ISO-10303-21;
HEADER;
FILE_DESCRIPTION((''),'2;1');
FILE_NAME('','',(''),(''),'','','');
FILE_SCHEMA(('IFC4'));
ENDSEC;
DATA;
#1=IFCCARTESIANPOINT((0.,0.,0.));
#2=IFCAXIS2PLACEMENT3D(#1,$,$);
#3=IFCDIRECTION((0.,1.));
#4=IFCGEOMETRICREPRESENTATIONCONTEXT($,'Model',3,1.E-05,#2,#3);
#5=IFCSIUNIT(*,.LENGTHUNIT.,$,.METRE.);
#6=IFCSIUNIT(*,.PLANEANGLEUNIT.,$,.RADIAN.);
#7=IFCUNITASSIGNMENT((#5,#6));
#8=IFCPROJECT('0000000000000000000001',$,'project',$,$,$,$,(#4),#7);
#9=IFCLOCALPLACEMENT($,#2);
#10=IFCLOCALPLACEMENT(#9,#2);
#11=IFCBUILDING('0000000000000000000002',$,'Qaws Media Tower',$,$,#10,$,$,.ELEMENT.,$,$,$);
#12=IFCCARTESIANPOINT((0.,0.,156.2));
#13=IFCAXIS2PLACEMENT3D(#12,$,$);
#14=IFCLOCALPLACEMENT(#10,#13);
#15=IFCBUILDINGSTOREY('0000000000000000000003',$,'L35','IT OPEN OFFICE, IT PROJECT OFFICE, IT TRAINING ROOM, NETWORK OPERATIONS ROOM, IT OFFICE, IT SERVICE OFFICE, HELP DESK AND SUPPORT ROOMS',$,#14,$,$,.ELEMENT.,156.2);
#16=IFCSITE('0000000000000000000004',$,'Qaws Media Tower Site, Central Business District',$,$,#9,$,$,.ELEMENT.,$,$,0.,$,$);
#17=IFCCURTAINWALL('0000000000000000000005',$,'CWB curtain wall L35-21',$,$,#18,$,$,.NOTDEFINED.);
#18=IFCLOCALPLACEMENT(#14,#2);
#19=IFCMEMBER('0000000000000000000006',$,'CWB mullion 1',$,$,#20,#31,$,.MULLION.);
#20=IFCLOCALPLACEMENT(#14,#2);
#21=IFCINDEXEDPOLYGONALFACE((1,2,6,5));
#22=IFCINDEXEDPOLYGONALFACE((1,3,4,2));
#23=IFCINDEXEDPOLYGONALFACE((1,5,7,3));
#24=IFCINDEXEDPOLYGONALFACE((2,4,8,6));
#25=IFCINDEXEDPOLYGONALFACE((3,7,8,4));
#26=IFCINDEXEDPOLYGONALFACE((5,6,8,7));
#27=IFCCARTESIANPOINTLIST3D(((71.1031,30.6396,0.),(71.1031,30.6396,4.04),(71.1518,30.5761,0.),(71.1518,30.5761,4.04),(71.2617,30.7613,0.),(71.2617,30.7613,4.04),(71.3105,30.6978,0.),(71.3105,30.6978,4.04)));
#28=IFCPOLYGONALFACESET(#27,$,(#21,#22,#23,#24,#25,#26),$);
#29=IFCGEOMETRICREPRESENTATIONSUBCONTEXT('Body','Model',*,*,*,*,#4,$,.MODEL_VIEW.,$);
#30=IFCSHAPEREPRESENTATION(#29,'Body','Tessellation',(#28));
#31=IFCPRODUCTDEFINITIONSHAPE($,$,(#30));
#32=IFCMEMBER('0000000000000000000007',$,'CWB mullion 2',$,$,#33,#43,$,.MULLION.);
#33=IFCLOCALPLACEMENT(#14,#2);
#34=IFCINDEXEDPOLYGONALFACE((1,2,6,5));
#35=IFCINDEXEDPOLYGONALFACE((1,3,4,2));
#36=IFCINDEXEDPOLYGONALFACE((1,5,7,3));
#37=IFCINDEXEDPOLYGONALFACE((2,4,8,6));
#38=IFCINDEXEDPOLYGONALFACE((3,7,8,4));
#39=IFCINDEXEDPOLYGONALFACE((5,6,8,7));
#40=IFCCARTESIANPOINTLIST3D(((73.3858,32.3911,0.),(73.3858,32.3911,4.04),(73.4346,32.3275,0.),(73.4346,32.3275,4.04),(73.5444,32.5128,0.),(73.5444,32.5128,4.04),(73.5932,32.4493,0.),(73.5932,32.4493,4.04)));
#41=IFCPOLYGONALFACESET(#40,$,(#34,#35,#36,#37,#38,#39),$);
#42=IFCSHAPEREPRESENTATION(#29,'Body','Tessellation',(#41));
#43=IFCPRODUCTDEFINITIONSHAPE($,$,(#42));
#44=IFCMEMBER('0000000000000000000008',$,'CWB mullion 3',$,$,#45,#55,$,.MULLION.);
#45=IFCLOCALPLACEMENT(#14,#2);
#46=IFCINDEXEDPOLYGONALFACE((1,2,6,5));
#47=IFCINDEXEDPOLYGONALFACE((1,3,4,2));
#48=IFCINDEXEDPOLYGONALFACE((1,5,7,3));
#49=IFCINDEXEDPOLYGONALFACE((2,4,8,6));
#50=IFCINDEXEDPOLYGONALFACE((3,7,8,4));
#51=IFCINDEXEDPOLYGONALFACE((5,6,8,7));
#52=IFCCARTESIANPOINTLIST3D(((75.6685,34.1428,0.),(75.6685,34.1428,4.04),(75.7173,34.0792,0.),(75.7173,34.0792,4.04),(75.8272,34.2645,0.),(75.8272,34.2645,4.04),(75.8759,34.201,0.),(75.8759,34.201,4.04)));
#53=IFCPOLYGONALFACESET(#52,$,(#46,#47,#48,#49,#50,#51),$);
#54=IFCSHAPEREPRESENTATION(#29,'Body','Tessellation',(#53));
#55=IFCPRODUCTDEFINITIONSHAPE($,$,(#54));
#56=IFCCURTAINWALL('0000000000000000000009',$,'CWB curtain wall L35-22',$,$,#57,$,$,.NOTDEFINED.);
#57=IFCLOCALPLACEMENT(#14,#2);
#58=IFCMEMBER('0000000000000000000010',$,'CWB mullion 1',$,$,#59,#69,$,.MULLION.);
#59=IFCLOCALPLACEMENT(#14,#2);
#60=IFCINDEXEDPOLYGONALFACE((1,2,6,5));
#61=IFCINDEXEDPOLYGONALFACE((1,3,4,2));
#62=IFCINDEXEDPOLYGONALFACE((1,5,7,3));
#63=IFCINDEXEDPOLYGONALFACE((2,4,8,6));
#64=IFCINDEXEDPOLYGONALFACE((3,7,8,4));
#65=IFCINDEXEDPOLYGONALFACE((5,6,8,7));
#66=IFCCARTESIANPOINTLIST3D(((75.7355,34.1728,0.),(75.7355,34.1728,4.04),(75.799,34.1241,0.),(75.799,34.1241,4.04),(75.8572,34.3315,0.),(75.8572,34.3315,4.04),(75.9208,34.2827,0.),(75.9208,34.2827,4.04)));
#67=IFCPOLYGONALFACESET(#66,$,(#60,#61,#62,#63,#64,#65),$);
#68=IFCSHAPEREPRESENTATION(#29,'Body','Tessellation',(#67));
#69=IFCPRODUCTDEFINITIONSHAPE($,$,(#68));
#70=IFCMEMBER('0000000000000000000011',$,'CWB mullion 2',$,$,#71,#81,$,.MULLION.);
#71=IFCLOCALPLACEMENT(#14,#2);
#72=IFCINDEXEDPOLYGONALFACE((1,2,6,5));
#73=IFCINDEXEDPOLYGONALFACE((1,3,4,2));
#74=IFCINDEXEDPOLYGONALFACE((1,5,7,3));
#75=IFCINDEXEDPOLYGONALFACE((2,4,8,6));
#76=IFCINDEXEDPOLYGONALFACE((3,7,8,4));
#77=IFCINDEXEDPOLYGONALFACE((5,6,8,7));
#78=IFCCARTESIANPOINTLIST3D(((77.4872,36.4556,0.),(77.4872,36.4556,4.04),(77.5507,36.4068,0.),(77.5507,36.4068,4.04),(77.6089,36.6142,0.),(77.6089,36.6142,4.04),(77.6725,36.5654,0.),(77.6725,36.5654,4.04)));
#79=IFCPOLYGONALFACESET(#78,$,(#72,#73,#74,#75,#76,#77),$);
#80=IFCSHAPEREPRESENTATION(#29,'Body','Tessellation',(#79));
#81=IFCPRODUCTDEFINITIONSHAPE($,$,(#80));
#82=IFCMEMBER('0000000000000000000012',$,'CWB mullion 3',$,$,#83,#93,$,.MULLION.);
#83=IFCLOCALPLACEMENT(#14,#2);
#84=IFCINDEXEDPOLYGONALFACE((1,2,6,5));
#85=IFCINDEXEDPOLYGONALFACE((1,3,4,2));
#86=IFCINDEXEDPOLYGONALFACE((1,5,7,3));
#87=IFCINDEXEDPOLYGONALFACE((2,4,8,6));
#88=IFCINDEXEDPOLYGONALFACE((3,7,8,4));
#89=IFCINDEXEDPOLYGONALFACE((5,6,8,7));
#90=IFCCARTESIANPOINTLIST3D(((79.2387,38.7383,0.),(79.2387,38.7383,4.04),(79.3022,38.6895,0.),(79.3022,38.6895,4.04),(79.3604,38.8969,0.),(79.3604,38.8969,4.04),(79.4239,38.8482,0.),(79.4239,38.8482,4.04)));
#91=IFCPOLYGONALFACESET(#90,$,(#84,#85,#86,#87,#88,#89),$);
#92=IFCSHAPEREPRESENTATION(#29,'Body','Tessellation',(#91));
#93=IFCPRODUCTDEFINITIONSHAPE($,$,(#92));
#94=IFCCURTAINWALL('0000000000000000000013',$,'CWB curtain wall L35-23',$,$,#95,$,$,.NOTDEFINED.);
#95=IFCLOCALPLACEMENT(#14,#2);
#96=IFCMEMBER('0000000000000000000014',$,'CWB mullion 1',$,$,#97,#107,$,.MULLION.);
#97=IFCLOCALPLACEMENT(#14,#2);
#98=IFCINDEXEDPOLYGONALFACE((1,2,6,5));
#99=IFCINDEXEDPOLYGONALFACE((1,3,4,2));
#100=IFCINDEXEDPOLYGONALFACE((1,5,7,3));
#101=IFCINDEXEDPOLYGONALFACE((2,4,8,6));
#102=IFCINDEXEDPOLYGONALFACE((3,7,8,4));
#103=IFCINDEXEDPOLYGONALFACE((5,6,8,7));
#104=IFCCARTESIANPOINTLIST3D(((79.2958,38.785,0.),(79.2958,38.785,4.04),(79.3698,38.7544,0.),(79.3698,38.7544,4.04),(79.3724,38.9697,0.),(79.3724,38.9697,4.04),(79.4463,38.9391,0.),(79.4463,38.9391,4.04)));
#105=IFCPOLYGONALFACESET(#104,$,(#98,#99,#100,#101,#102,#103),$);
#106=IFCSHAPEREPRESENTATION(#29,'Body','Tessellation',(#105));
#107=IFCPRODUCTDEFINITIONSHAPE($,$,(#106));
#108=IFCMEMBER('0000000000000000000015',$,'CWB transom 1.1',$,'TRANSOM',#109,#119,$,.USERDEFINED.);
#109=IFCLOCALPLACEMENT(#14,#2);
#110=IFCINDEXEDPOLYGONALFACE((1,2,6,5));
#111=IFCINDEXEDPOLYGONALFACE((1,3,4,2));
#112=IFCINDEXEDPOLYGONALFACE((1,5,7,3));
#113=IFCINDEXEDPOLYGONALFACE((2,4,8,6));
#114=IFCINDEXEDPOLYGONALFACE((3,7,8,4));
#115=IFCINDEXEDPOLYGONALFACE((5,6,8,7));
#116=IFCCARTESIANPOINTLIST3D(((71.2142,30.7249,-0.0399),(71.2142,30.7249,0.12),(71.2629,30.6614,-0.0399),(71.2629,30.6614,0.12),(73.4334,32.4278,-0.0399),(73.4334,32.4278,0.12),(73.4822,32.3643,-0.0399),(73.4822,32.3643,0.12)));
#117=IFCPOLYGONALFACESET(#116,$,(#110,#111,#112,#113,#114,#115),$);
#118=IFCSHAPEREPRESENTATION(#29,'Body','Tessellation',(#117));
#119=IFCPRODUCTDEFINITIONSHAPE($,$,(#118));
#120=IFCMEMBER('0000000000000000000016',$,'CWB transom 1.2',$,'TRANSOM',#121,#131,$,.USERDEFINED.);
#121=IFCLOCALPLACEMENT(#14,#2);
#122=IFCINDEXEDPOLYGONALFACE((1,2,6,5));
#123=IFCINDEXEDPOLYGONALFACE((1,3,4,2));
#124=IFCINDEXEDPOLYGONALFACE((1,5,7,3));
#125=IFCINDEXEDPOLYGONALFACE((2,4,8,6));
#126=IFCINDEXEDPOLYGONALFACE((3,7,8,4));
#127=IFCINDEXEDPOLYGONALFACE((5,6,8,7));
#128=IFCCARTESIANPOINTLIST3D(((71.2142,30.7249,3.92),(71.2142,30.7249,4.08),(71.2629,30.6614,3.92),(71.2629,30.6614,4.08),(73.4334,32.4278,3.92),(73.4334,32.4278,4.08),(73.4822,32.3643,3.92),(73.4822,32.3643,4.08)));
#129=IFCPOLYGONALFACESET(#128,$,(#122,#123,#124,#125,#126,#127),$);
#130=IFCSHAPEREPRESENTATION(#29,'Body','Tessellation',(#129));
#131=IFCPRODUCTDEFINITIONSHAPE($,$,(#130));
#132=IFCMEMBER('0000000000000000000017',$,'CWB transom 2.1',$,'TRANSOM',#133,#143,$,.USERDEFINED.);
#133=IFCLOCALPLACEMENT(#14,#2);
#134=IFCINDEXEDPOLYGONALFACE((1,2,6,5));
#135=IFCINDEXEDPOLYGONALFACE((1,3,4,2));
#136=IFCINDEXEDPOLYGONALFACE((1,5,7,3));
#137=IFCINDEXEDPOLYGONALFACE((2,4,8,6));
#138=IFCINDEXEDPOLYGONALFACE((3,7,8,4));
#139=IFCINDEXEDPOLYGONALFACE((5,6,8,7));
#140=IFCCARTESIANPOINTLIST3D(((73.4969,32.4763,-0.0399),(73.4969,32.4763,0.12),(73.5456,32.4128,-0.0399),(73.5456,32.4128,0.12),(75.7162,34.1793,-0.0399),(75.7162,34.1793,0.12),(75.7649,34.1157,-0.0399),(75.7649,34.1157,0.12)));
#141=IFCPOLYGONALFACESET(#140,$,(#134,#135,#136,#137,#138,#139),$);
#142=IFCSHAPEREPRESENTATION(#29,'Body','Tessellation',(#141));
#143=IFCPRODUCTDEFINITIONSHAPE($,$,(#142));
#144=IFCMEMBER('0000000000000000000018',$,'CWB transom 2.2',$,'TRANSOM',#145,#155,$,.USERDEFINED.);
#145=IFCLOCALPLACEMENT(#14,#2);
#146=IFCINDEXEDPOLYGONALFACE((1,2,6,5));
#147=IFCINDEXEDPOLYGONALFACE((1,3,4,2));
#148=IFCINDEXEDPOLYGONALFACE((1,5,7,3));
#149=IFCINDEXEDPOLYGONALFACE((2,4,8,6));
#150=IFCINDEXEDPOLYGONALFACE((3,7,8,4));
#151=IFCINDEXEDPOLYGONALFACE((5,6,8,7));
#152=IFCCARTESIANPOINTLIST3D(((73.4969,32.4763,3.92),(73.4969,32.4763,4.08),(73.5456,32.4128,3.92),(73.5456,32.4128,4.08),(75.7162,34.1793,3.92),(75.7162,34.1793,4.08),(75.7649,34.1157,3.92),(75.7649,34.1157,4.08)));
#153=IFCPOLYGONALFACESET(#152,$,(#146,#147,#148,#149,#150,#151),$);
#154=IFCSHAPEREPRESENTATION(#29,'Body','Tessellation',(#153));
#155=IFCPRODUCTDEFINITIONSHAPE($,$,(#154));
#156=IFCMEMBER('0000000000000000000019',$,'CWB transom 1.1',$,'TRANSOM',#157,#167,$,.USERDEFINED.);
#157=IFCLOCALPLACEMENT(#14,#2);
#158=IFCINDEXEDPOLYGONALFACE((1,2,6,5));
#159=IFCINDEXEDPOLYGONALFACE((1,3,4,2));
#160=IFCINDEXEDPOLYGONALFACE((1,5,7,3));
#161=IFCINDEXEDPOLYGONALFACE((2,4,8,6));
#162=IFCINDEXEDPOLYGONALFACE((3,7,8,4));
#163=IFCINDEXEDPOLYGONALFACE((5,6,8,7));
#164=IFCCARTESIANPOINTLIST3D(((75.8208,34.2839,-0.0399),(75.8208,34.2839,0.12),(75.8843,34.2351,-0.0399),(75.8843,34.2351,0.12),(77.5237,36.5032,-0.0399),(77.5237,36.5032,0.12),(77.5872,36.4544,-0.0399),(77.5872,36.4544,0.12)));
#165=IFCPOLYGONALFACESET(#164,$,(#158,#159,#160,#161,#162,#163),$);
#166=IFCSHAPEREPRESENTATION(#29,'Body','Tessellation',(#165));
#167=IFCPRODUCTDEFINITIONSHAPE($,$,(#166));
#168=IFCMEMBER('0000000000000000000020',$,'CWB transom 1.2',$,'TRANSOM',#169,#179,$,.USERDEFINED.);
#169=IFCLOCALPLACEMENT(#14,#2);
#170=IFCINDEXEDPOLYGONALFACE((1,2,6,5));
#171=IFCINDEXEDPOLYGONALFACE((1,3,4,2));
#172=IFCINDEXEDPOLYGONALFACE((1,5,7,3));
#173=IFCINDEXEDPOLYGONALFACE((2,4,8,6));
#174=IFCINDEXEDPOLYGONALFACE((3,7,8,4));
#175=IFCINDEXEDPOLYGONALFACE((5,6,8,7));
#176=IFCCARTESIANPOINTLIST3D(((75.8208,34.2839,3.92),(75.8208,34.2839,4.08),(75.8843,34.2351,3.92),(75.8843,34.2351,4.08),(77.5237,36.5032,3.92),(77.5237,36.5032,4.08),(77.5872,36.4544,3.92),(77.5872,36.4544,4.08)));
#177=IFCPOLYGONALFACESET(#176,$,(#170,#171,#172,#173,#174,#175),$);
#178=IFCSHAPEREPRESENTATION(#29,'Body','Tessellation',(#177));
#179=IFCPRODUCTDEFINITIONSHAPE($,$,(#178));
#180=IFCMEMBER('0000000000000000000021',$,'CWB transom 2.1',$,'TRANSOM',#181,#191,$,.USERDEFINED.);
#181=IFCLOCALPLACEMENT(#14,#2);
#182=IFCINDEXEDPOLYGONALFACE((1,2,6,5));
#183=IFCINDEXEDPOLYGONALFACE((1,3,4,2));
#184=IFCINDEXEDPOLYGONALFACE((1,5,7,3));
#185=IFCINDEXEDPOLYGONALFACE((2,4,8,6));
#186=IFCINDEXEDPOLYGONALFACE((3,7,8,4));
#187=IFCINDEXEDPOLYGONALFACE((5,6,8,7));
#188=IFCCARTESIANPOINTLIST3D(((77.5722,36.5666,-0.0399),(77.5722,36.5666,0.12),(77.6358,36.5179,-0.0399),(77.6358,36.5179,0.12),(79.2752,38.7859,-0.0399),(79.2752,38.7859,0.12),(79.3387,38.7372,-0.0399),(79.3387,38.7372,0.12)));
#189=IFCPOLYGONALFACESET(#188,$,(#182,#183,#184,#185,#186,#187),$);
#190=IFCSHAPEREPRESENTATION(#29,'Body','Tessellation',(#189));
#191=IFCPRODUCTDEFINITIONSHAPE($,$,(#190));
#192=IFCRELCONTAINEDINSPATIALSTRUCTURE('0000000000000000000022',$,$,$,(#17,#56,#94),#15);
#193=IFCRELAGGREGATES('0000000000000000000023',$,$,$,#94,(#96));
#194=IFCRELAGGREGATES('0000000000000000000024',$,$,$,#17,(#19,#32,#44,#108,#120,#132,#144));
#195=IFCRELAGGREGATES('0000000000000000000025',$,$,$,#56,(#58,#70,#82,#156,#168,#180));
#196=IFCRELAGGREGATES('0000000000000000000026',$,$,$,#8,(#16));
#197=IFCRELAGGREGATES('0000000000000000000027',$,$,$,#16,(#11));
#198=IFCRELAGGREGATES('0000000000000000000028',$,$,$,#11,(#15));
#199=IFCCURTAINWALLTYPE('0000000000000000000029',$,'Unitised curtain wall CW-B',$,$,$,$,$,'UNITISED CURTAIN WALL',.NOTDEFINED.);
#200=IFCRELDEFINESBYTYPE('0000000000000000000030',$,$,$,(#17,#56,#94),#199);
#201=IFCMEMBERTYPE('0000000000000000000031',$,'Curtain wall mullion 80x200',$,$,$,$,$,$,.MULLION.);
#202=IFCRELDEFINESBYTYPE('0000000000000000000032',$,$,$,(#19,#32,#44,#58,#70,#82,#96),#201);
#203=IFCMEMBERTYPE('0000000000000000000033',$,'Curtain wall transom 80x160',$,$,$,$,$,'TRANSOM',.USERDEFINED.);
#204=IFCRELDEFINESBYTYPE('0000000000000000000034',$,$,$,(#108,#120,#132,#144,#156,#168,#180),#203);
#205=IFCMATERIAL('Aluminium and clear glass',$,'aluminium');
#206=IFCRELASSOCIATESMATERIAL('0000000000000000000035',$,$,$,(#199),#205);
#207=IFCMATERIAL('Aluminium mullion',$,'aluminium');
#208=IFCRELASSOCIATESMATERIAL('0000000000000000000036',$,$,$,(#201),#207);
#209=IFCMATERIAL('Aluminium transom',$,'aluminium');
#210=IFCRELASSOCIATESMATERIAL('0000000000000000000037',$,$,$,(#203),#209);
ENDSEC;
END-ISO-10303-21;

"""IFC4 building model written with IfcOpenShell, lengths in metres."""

from ifc_helpers import new_model, si_unit, direction, frame, origin, origin_2d, place, context, subcontext, project, spatial, rectangle, extrude, material, material_profile, profile_set, type_object, element, aggregate, save


model = new_model("IFC4")

# Units and contexts
model_context = context("Model", 3, precision=1e-05, world=origin(), true_north=direction((0.0, 1.0)))
body_context = subcontext(model_context, "Body", "Model", "MODEL_VIEW")
ifc_project = project(units=[si_unit("LENGTHUNIT", "METRE"), si_unit("PLANEANGLEUNIT", "RADIAN")], contexts=[model_context])

# Site, building, storey
site_placement = place(None, origin())
site = spatial("IfcSite", under=ifc_project, at=site_placement, Name="Qaws Media Tower Site, Central Business District", CompositionType="ELEMENT", RefElevation=0.0)
building_placement = place(site_placement, origin())
building = spatial("IfcBuilding", under=site, at=building_placement, Name="Qaws Media Tower", CompositionType="ELEMENT")
storey_placement = place(building_placement, frame((0.0, 0.0, 156.2)))
storey = spatial("IfcBuildingStorey", under=building, at=storey_placement, Name="L35", Description="IT OPEN OFFICE, IT PROJECT OFFICE, IT TRAINING ROOM, NETWORK OPERATIONS ROOM, IT OFFICE, IT SERVICE OFFICE, HELP DESK AND SUPPORT ROOMS", CompositionType="ELEMENT", Elevation=156.2)

# Curtain walls, members
ifc_material_1 = material(Name="Aluminium and clear glass", Category="aluminium")
curtain_wall_type = type_object("IfcCurtainWallType", Name="Unitised curtain wall CW-B", ElementType="UNITISED CURTAIN WALL", PredefinedType="NOTDEFINED", material=ifc_material_1)
curtain_wall_1_placement = place(storey_placement, origin())
curtain_wall_1 = element("IfcCurtainWall", 1, at=curtain_wall_1_placement, inside=storey, type_object=curtain_wall_type, Name="CWB curtain wall L35-21", PredefinedType="NOTDEFINED")
ifc_material_2 = material(Name="Aluminium mullion", Category="aluminium")
ifc_material_profile_1 = material_profile(ifc_material_2, rectangle(XDim=0.0801, YDim=0.2, at=origin_2d()), Name="80x200")
ifc_profile_set_1 = profile_set([ifc_material_profile_1], Name="Aluminium mullion")
member_type_1 = type_object("IfcMemberType", Name="Curtain wall mullion 80x200", PredefinedType="MULLION", material=ifc_profile_set_1)
member_1_placement = place(storey_placement, frame((71.2068, 30.6687, 0.0), z_axis=(0.0, 0.0, 1.0), x_axis=(-0.608761, 0.793353, 0.0)))
member_1 = element("IfcMember", 2, at=member_1_placement, type_object=member_type_1, Name="CWB mullion 1", PredefinedType="MULLION", context=body_context, shape_type="SweptSolid", body=[
    extrude(rectangle(XDim=0.0801, YDim=0.2, at=origin_2d()), origin(), (0.0, 0.0, 1.0), 4.04),
])
member_2_placement = place(storey_placement, frame((73.4895, 32.4202, 0.0), z_axis=(0.0, 0.0, 1.0), x_axis=(-0.608761, 0.793353, 0.0)))
member_2 = element("IfcMember", 3, at=member_2_placement, type_object=member_type_1, Name="CWB mullion 2", PredefinedType="MULLION", context=body_context, shape_type="SweptSolid", body=[
    extrude(rectangle(XDim=0.0801, YDim=0.2, at=origin_2d()), origin(), (0.0, 0.0, 1.0), 4.04),
])
member_3_placement = place(storey_placement, frame((75.7722, 34.1719, 0.0), z_axis=(0.0, 0.0, 1.0), x_axis=(-0.608761, 0.793353, 0.0)))
member_3 = element("IfcMember", 4, at=member_3_placement, type_object=member_type_1, Name="CWB mullion 3", PredefinedType="MULLION", context=body_context, shape_type="SweptSolid", body=[
    extrude(rectangle(XDim=0.0801, YDim=0.2, at=origin_2d()), origin(), (0.0, 0.0, 1.0), 4.04),
])
curtain_wall_2_placement = place(storey_placement, origin())
curtain_wall_2 = element("IfcCurtainWall", 5, at=curtain_wall_2_placement, inside=storey, type_object=curtain_wall_type, Name="CWB curtain wall L35-22", PredefinedType="NOTDEFINED")
member_4_placement = place(storey_placement, frame((75.8281, 34.2278, 0.0), z_axis=(0.0, 0.0, 1.0), x_axis=(-0.793353, 0.608761, 0.0)))
member_4 = element("IfcMember", 6, at=member_4_placement, type_object=member_type_1, Name="CWB mullion 1", PredefinedType="MULLION", context=body_context, shape_type="SweptSolid", body=[
    extrude(rectangle(XDim=0.0801, YDim=0.2, at=origin_2d()), origin(), (0.0, 0.0, 1.0), 4.04),
])
member_5_placement = place(storey_placement, frame((77.5798, 36.5105, 0.0), z_axis=(0.0, 0.0, 1.0), x_axis=(-0.793353, 0.608761, 0.0)))
member_5 = element("IfcMember", 7, at=member_5_placement, type_object=member_type_1, Name="CWB mullion 2", PredefinedType="MULLION", context=body_context, shape_type="SweptSolid", body=[
    extrude(rectangle(XDim=0.0801, YDim=0.2, at=origin_2d()), origin(), (0.0, 0.0, 1.0), 4.04),
])
member_6_placement = place(storey_placement, frame((79.3313, 38.7932, 0.0), z_axis=(0.0, 0.0, 1.0), x_axis=(-0.793353, 0.608761, 0.0)))
member_6 = element("IfcMember", 8, at=member_6_placement, type_object=member_type_1, Name="CWB mullion 3", PredefinedType="MULLION", context=body_context, shape_type="SweptSolid", body=[
    extrude(rectangle(XDim=0.0801, YDim=0.2, at=origin_2d()), origin(), (0.0, 0.0, 1.0), 4.04),
])

# Curtain wall, member
curtain_wall_3_placement = place(storey_placement, origin())
curtain_wall_3 = element("IfcCurtainWall", 9, at=curtain_wall_3_placement, inside=storey, type_object=curtain_wall_type, Name="CWB curtain wall L35-23", PredefinedType="NOTDEFINED")
member_7_placement = place(storey_placement, frame((79.3711, 38.8621, 0.0), z_axis=(0.0, 0.0, 1.0), x_axis=(-0.92388, 0.382683, 0.0)))
member_7 = element("IfcMember", 10, at=member_7_placement, type_object=member_type_1, Name="CWB mullion 1", PredefinedType="MULLION", context=body_context, shape_type="SweptSolid", body=[
    extrude(rectangle(XDim=0.0801, YDim=0.2, at=origin_2d()), origin(), (0.0, 0.0, 1.0), 4.04),
])

# Members
ifc_material_3 = material(Name="Aluminium transom", Category="aluminium")
ifc_material_profile_2 = material_profile(ifc_material_3, rectangle(XDim=0.0801, YDim=0.1599, at=origin_2d()), Name="80x160")
ifc_profile_set_2 = profile_set([ifc_material_profile_2], Name="Aluminium transom")
member_type_2 = type_object("IfcMemberType", Name="Curtain wall transom 80x160", ElementType="TRANSOM", PredefinedType="USERDEFINED", material=ifc_profile_set_2)
member_8_placement = place(storey_placement, frame((71.2385, 30.6931, 0.04), z_axis=(0.793353, 0.608761, 0.0), x_axis=(-0.608761, 0.793353, 0.0)))
member_8 = element("IfcMember", 11, at=member_8_placement, type_object=member_type_2, Name="CWB transom 1.1", ObjectType="TRANSOM", PredefinedType="USERDEFINED", context=body_context, shape_type="SweptSolid", body=[
    extrude(rectangle(XDim=0.0801, YDim=0.1599, at=origin_2d()), origin(), (0.0, 0.0, 1.0), 2.7974),
])
member_9_placement = place(storey_placement, frame((71.2385, 30.6931, 4.0), z_axis=(0.793353, 0.608761, 0.0), x_axis=(-0.608761, 0.793353, 0.0)))
member_9 = element("IfcMember", 12, at=member_9_placement, type_object=member_type_2, Name="CWB transom 1.2", ObjectType="TRANSOM", PredefinedType="USERDEFINED", context=body_context, shape_type="SweptSolid", body=[
    extrude(rectangle(XDim=0.0801, YDim=0.1599, at=origin_2d()), origin(), (0.0, 0.0, 1.0), 2.7974),
])
member_10_placement = place(storey_placement, frame((73.5212, 32.4446, 0.04), z_axis=(0.793353, 0.608761, 0.0), x_axis=(-0.608761, 0.793353, 0.0)))
member_10 = element("IfcMember", 13, at=member_10_placement, type_object=member_type_2, Name="CWB transom 2.1", ObjectType="TRANSOM", PredefinedType="USERDEFINED", context=body_context, shape_type="SweptSolid", body=[
    extrude(rectangle(XDim=0.0801, YDim=0.1599, at=origin_2d()), origin(), (0.0, 0.0, 1.0), 2.7974),
])
member_11_placement = place(storey_placement, frame((73.5212, 32.4446, 4.0), z_axis=(0.793353, 0.608761, 0.0), x_axis=(-0.608761, 0.793353, 0.0)))
member_11 = element("IfcMember", 14, at=member_11_placement, type_object=member_type_2, Name="CWB transom 2.2", ObjectType="TRANSOM", PredefinedType="USERDEFINED", context=body_context, shape_type="SweptSolid", body=[
    extrude(rectangle(XDim=0.0801, YDim=0.1599, at=origin_2d()), origin(), (0.0, 0.0, 1.0), 2.7974),
])
member_12_placement = place(storey_placement, frame((75.8525, 34.2595, 0.04), z_axis=(0.608761, 0.793353, 0.0), x_axis=(-0.793353, 0.608761, 0.0)))
member_12 = element("IfcMember", 15, at=member_12_placement, type_object=member_type_2, Name="CWB transom 1.1", ObjectType="TRANSOM", PredefinedType="USERDEFINED", context=body_context, shape_type="SweptSolid", body=[
    extrude(rectangle(XDim=0.0801, YDim=0.1599, at=origin_2d()), origin(), (0.0, 0.0, 1.0), 2.7974),
])
member_13_placement = place(storey_placement, frame((75.8525, 34.2595, 4.0), z_axis=(0.608761, 0.793353, 0.0), x_axis=(-0.793353, 0.608761, 0.0)))
member_13 = element("IfcMember", 16, at=member_13_placement, type_object=member_type_2, Name="CWB transom 1.2", ObjectType="TRANSOM", PredefinedType="USERDEFINED", context=body_context, shape_type="SweptSolid", body=[
    extrude(rectangle(XDim=0.0801, YDim=0.1599, at=origin_2d()), origin(), (0.0, 0.0, 1.0), 2.7974),
])
member_14_placement = place(storey_placement, frame((77.604, 36.5422, 0.04), z_axis=(0.608761, 0.793353, 0.0), x_axis=(-0.793353, 0.608761, 0.0)))
member_14 = element("IfcMember", 17, at=member_14_placement, type_object=member_type_2, Name="CWB transom 2.1", ObjectType="TRANSOM", PredefinedType="USERDEFINED", context=body_context, shape_type="SweptSolid", body=[
    extrude(rectangle(XDim=0.0801, YDim=0.1599, at=origin_2d()), origin(), (0.0, 0.0, 1.0), 2.7974),
])
aggregate(curtain_wall_3, [member_7])

aggregate(curtain_wall_1, [member_1, member_2, member_3, member_8, member_9, member_10, member_11])
aggregate(curtain_wall_2, [member_4, member_5, member_6, member_12, member_13, member_14])

save(model, "model.ifc")
